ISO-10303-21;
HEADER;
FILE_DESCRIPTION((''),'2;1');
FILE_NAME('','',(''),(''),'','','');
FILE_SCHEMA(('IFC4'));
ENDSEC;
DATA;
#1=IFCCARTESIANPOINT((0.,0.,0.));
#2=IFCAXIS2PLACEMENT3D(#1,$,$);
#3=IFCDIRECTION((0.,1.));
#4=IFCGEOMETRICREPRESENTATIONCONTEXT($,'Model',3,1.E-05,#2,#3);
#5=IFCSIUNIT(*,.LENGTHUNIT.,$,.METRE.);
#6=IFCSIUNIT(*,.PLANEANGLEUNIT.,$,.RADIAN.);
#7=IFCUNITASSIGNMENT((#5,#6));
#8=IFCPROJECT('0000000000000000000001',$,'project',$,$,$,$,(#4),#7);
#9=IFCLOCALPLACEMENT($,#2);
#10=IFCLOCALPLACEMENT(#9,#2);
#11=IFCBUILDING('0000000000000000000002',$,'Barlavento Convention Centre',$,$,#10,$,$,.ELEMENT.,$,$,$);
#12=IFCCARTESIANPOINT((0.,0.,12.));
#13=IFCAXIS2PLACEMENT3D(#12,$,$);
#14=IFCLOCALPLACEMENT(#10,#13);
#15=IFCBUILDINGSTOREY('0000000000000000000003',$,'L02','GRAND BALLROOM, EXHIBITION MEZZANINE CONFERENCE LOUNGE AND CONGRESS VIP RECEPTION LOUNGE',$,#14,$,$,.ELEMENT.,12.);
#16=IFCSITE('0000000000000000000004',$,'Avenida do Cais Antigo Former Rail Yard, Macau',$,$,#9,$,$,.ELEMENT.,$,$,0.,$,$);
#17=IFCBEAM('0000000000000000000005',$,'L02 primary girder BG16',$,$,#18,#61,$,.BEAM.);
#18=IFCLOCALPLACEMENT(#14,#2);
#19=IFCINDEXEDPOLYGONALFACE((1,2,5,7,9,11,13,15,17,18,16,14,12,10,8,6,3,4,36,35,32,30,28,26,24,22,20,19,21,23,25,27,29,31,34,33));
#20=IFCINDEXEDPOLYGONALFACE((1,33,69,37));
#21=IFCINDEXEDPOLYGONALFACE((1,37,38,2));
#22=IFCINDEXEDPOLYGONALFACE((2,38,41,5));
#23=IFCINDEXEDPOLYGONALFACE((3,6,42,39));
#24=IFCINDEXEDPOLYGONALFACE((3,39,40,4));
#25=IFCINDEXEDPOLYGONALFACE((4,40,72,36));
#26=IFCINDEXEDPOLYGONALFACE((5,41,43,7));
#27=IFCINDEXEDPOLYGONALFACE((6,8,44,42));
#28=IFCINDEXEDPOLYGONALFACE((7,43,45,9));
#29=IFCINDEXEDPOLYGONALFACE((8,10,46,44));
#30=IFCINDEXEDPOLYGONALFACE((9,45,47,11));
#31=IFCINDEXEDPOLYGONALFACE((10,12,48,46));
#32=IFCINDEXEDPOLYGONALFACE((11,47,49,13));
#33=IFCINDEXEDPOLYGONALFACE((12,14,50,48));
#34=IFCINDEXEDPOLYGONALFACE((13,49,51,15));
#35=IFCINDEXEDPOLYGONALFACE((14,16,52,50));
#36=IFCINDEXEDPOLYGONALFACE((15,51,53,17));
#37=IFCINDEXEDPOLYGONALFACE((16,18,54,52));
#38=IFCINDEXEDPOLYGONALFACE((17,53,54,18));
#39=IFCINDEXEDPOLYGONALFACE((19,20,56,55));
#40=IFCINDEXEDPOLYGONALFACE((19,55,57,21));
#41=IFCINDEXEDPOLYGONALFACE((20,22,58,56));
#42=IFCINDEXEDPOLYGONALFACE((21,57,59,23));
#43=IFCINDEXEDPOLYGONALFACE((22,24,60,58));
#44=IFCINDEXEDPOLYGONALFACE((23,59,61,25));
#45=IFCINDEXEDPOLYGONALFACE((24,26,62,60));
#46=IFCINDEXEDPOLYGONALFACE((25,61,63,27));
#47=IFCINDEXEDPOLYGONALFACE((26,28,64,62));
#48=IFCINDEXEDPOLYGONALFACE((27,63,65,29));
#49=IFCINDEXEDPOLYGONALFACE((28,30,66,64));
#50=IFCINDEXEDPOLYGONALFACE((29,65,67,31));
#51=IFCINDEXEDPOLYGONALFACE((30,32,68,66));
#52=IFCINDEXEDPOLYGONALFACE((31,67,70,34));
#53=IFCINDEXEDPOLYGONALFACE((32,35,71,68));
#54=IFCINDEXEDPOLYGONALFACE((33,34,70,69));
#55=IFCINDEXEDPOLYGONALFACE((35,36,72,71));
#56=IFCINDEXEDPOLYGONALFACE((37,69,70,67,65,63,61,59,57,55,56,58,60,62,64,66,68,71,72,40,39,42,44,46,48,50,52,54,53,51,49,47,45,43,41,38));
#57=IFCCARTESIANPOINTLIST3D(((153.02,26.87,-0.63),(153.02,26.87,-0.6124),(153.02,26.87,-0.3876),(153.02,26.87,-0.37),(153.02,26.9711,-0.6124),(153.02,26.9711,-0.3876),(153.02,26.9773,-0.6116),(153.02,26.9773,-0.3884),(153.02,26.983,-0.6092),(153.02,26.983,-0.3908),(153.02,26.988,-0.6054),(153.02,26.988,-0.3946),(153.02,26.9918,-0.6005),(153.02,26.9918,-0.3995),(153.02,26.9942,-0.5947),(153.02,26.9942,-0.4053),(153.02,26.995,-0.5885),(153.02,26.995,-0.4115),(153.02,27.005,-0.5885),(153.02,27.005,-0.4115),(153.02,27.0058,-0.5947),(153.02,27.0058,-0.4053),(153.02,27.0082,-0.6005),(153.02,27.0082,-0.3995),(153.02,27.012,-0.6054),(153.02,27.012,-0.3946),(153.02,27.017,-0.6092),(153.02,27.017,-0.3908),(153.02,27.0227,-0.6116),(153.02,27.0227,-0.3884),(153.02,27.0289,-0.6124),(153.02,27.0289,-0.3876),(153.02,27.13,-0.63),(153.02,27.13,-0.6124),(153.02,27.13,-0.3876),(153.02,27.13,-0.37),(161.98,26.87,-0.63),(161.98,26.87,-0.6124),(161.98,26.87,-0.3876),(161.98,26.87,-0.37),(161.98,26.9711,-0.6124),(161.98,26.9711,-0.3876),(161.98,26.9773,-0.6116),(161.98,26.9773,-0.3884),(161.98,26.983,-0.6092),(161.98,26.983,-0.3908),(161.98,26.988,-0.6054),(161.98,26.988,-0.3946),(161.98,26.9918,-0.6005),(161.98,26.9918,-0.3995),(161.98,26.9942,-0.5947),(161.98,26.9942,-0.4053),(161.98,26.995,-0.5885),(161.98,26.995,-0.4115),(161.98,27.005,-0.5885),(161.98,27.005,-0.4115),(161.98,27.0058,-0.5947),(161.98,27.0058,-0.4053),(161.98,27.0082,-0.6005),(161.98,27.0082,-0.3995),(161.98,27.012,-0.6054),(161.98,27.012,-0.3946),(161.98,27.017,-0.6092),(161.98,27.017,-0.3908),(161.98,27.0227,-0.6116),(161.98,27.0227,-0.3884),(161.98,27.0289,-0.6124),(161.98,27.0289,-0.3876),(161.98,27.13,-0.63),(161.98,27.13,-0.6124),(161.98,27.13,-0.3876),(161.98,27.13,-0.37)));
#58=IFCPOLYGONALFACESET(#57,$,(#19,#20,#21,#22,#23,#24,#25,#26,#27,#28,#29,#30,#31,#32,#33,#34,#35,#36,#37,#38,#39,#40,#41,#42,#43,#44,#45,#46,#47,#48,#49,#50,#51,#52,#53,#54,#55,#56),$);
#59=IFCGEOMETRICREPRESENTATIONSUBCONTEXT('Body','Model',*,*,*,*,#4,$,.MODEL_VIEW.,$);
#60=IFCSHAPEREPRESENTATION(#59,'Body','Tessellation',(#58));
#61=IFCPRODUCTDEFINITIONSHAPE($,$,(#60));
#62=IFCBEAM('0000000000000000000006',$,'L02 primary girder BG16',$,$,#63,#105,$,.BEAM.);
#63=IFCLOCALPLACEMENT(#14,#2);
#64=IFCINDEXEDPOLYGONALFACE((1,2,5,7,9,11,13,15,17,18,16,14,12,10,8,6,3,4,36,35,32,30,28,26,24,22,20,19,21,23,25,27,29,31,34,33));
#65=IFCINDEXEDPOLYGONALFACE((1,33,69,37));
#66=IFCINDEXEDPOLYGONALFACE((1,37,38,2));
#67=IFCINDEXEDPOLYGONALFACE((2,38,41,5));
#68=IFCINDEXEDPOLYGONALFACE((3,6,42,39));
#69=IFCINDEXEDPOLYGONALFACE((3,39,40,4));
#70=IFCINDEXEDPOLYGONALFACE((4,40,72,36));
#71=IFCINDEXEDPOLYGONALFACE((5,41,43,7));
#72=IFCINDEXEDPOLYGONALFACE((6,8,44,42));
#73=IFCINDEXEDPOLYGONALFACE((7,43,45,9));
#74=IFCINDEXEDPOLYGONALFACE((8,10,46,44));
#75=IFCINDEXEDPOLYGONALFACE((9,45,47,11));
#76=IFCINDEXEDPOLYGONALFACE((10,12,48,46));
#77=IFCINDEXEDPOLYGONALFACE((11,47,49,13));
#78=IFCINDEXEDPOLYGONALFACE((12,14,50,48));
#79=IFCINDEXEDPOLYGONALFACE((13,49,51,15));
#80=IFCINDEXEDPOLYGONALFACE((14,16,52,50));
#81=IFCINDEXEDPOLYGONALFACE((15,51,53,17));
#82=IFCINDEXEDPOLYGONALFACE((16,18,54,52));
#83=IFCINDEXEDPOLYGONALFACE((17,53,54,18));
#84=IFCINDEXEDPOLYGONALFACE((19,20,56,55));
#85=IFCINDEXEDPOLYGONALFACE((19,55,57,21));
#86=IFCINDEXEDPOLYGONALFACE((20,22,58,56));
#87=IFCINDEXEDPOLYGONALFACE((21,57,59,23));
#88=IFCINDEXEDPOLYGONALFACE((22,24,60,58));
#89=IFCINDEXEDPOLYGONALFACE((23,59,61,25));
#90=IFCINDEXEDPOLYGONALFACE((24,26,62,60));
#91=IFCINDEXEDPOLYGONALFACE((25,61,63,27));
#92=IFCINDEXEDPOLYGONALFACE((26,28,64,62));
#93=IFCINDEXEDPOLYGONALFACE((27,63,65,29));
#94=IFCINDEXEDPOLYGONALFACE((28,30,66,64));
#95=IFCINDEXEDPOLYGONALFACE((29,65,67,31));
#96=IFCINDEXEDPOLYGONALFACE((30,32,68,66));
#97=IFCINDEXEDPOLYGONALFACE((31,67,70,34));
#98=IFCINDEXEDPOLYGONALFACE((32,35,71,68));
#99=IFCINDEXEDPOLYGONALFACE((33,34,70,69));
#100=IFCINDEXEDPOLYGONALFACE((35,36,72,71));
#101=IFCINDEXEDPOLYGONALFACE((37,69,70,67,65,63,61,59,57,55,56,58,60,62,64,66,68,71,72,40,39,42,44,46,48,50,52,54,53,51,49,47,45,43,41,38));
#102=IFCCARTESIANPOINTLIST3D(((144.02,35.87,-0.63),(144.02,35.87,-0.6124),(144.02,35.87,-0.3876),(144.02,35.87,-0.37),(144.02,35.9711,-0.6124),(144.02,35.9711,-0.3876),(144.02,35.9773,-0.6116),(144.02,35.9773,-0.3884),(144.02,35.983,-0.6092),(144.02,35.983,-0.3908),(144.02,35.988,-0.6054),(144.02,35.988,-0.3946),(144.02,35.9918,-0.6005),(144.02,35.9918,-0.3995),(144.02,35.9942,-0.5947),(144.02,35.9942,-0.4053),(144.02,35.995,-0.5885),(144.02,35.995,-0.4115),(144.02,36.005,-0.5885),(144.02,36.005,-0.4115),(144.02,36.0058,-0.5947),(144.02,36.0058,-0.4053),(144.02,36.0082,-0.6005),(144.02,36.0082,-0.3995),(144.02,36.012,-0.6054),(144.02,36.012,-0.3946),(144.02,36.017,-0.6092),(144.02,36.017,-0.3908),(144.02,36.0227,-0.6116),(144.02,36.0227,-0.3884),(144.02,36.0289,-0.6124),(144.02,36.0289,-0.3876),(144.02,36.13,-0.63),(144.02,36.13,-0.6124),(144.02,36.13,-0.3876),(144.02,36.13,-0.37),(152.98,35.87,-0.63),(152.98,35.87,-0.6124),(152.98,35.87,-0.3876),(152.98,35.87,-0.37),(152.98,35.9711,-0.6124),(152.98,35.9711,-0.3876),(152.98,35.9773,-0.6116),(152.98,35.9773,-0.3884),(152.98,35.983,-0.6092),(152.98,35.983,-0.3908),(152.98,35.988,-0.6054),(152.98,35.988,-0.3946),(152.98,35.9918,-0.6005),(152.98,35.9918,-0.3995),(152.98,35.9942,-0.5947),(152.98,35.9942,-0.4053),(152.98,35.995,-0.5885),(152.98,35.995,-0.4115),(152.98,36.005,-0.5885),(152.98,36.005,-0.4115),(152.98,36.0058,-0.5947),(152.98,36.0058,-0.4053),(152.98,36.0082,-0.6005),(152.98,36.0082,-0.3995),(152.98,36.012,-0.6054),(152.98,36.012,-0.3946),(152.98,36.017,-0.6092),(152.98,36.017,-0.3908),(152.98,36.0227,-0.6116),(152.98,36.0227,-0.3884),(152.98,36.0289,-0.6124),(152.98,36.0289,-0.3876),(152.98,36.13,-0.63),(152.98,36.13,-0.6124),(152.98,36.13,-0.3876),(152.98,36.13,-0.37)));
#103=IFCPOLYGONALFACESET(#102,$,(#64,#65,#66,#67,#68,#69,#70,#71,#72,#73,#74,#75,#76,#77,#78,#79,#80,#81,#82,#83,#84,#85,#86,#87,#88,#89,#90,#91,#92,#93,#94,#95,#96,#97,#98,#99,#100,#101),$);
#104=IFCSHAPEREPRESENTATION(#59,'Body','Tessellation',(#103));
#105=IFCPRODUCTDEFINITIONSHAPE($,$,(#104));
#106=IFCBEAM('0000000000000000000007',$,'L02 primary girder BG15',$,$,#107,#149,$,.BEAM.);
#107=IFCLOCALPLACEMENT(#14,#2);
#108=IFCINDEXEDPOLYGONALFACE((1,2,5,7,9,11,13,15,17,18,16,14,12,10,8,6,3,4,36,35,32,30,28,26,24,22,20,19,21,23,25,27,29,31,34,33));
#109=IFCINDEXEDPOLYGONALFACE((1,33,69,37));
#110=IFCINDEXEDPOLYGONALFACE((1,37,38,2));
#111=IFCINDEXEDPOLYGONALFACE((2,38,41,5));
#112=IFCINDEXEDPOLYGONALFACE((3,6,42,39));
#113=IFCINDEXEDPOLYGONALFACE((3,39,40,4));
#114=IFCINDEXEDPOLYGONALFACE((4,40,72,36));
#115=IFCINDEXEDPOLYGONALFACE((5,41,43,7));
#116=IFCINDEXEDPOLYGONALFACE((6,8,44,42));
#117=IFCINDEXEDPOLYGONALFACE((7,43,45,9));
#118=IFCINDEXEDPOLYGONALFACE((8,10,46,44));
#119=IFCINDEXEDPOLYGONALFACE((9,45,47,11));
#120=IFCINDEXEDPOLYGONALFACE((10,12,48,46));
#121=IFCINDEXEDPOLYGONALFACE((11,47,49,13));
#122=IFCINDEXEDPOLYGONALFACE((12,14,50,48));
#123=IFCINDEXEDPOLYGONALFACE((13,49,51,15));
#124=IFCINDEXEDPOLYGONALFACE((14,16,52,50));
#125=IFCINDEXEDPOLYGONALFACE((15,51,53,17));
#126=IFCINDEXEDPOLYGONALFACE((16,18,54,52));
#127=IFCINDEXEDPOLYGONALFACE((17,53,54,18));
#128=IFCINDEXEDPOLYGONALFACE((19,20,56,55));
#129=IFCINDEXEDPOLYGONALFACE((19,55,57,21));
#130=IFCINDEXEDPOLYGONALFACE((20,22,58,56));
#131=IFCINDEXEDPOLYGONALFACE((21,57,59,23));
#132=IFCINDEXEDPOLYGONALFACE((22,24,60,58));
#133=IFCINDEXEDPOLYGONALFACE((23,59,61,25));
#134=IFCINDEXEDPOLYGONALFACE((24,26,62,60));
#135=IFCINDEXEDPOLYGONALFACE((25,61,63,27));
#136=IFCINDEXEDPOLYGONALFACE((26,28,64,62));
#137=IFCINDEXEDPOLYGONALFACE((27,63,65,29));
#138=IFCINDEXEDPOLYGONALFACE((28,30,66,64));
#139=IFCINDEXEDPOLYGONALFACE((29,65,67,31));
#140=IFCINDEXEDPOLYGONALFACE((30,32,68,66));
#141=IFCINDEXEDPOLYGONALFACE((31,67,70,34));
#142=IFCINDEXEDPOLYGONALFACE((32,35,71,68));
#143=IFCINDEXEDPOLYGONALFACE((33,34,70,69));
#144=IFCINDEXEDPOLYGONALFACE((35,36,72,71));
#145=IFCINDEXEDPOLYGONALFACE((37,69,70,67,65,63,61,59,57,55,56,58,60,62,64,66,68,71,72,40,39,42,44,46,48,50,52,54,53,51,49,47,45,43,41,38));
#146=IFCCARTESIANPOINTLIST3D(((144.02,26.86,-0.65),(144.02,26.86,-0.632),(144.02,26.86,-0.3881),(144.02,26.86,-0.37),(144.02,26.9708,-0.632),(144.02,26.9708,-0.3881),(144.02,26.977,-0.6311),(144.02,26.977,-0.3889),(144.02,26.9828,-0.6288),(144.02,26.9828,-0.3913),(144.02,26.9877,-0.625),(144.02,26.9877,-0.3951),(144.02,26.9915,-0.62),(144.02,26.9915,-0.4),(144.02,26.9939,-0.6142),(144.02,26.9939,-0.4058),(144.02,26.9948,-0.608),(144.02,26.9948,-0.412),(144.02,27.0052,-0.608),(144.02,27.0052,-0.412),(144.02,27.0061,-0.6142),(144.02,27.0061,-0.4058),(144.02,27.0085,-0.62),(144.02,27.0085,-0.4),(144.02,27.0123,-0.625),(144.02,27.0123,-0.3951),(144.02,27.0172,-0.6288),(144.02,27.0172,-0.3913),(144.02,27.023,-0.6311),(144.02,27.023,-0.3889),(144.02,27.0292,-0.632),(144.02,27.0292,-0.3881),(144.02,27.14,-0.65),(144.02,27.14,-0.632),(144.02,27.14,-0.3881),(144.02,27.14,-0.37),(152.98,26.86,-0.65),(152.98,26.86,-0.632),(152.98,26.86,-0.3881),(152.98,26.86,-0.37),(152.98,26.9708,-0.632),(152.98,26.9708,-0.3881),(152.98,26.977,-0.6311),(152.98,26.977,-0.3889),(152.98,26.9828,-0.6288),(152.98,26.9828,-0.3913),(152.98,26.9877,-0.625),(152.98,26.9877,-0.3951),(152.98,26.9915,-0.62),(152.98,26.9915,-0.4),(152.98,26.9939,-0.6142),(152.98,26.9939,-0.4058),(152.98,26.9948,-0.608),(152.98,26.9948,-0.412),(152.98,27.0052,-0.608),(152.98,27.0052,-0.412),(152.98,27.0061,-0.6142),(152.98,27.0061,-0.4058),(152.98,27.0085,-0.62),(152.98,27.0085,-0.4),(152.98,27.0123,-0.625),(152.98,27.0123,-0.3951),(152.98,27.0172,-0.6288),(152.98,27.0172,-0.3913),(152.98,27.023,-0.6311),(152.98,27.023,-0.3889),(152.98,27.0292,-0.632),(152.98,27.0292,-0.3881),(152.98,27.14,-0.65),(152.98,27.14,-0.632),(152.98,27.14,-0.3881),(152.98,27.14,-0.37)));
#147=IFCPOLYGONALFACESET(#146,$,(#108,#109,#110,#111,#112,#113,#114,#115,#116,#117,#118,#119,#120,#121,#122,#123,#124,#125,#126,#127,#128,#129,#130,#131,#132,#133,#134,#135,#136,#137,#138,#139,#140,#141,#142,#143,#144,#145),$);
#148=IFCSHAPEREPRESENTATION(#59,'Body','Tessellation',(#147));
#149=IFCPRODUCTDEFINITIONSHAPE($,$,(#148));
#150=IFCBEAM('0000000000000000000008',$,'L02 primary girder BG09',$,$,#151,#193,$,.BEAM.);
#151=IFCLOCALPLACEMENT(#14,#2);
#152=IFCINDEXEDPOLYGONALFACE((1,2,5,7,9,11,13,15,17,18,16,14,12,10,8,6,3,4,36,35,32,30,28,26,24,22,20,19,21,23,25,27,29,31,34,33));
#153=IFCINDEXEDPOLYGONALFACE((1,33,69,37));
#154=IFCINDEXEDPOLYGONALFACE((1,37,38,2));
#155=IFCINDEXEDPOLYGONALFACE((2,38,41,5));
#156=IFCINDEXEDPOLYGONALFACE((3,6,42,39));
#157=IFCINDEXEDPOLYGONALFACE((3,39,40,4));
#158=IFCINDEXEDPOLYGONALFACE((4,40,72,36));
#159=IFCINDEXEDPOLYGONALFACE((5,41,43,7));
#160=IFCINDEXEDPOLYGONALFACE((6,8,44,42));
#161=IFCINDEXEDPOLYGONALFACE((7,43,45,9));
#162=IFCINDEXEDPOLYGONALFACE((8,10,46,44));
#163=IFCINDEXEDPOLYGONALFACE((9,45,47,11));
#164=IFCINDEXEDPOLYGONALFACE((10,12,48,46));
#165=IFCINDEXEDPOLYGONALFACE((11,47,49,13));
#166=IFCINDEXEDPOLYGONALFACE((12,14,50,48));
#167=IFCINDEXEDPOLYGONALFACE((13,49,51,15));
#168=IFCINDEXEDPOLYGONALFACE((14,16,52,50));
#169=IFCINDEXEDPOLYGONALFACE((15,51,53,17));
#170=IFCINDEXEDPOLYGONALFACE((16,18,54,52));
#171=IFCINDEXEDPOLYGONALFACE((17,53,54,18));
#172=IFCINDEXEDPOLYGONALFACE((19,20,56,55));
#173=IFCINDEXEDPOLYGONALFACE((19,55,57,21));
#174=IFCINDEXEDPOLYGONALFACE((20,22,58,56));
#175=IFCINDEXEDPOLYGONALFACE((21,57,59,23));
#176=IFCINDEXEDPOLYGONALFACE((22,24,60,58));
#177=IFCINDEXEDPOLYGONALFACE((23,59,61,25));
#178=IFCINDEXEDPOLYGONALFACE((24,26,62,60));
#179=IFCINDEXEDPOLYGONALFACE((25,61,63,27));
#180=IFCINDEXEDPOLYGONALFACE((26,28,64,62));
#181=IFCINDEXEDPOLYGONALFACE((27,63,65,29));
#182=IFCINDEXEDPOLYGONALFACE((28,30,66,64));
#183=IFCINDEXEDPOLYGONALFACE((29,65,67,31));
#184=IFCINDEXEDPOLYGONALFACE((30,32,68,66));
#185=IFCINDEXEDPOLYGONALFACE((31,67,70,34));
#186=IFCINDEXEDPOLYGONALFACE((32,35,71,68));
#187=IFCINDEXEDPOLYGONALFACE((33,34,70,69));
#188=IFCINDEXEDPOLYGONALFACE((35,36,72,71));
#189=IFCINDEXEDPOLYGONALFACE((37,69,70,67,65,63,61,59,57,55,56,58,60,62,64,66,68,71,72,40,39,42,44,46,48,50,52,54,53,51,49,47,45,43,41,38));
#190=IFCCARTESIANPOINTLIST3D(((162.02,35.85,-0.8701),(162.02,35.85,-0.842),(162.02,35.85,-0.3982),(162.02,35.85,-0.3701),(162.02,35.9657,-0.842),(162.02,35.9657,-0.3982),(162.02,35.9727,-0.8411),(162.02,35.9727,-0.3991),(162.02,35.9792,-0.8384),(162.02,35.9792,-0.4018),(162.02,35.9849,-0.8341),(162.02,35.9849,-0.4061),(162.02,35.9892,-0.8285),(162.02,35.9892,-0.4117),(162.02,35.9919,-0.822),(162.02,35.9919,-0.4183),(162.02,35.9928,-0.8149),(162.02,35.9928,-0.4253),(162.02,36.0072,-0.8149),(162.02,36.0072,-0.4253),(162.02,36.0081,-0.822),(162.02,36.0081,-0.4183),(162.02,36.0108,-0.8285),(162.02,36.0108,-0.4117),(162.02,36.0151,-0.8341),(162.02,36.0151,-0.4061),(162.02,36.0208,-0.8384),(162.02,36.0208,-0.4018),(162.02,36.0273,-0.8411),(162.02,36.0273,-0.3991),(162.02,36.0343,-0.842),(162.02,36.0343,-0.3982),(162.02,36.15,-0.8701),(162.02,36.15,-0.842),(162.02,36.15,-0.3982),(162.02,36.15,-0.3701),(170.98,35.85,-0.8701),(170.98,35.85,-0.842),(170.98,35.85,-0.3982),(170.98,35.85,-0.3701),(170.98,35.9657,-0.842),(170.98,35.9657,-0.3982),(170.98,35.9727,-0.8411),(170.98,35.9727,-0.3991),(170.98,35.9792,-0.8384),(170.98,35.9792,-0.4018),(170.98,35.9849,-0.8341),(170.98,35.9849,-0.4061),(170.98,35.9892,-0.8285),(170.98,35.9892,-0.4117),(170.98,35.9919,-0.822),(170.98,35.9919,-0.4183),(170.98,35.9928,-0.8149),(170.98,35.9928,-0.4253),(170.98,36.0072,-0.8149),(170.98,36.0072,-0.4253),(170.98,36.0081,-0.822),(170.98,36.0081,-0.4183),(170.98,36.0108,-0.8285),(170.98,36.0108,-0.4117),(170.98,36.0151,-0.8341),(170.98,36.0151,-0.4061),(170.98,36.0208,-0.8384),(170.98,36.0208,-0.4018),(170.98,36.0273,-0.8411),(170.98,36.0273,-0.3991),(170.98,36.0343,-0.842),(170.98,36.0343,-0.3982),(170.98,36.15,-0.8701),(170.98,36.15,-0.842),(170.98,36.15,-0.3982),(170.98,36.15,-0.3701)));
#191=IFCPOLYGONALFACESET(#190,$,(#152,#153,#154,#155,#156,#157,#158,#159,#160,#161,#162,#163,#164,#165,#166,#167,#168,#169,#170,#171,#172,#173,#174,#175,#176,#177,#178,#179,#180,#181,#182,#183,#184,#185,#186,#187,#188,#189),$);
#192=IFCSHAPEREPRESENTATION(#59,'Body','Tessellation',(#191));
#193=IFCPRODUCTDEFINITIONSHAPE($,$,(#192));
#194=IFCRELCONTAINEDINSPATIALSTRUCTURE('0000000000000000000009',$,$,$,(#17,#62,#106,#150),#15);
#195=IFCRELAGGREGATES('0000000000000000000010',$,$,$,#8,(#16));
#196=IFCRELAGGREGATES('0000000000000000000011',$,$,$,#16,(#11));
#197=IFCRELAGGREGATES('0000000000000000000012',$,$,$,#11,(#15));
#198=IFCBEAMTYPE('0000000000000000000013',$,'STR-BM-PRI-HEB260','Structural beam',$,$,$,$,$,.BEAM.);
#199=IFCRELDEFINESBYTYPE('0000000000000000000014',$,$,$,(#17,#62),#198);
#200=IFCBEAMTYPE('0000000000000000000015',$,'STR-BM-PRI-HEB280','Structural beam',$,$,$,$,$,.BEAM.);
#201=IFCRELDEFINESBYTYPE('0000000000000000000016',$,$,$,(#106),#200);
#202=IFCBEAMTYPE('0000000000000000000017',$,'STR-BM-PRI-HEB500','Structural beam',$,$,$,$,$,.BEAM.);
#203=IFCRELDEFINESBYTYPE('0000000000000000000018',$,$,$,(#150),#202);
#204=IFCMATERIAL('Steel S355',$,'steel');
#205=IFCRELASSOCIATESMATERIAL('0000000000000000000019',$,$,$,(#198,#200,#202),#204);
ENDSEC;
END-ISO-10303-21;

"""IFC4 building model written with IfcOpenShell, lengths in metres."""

from ifc_helpers import new_model, si_unit, direction, frame, origin, origin_2d, place, context, subcontext, project, spatial, i_section, extrude, material, material_profile, profile_set, type_object, element, save


model = new_model("IFC4")

# Units and contexts
model_context = context("Model", 3, precision=1e-05, world=origin(), true_north=direction((0.0, 1.0)))
body_context = subcontext(model_context, "Body", "Model", "MODEL_VIEW")
ifc_project = project(units=[si_unit("LENGTHUNIT", "METRE"), si_unit("PLANEANGLEUNIT", "RADIAN")], contexts=[model_context])

# Site, building, storey
site_placement = place(None, origin())
site = spatial("IfcSite", under=ifc_project, at=site_placement, Name="Avenida do Cais Antigo Former Rail Yard, Macau", CompositionType="ELEMENT", RefElevation=0.0)
building_placement = place(site_placement, origin())
building = spatial("IfcBuilding", under=site, at=building_placement, Name="Barlavento Convention Centre", CompositionType="ELEMENT")
storey_placement = place(building_placement, frame((0.0, 0.0, 12.0)))
storey = spatial("IfcBuildingStorey", under=building, at=storey_placement, Name="L02", Description="GRAND BALLROOM, EXHIBITION MEZZANINE CONFERENCE LOUNGE AND CONGRESS VIP RECEPTION LOUNGE", CompositionType="ELEMENT", Elevation=12.0)

# Shared definitions
ifc_material_1 = material(Name="Steel S355", Category="steel")

# Beams
ifc_material_profile_1 = material_profile(ifc_material_1, i_section(OverallWidth=0.26, OverallDepth=0.26, WebThickness=0.01, FlangeThickness=0.0176, FilletRadius=0.0239, at=origin_2d()), Name="HEB 260")
ifc_profile_set_1 = profile_set([ifc_material_profile_1], Name="Steel S355")
beam_type_1 = type_object("IfcBeamType", Name="STR-BM-PRI-HEB260", Description="Structural beam", PredefinedType="BEAM", material=ifc_profile_set_1)
for number, where, z_axis, x_axis, name in (
    (1, (153.02, 27.0, -0.5), (1.0, 0.0, 0.0), (0.0, 1.0, 0.0), "L02 primary girder BG16"),
    (2, (144.02, 36.0, -0.5), (1.0, 0.0, 0.0), (0.0, 1.0, 0.0), "L02 primary girder BG16"),
):
    element("IfcBeam", number, at=place(storey_placement, frame(where, z_axis=z_axis, x_axis=x_axis)), inside=storey, type_object=beam_type_1, Name=name, PredefinedType="BEAM", context=body_context, shape_type="SweptSolid", body=[
        extrude(i_section(OverallWidth=0.26, OverallDepth=0.26, WebThickness=0.01, FlangeThickness=0.0176, FilletRadius=0.0239, at=origin_2d()), origin(), (0.0, 0.0, 1.0), 8.96),
    ])
ifc_material_profile_2 = material_profile(ifc_material_1, i_section(OverallWidth=0.28, OverallDepth=0.28, WebThickness=0.0105, FlangeThickness=0.0181, FilletRadius=0.0239, at=origin_2d()), Name="HEB 280")
ifc_profile_set_2 = profile_set([ifc_material_profile_2], Name="Steel S355")
beam_type_2 = type_object("IfcBeamType", Name="STR-BM-PRI-HEB280", Description="Structural beam", PredefinedType="BEAM", material=ifc_profile_set_2)
beam_1_placement = place(storey_placement, frame((144.02, 27.0, -0.51), z_axis=(1.0, 0.0, 0.0), x_axis=(0.0, 1.0, 0.0)))
element("IfcBeam", 3, at=beam_1_placement, inside=storey, type_object=beam_type_2, Name="L02 primary girder BG15", PredefinedType="BEAM", context=body_context, shape_type="SweptSolid", body=[
    extrude(i_section(OverallWidth=0.28, OverallDepth=0.28, WebThickness=0.0105, FlangeThickness=0.0181, FilletRadius=0.0239, at=origin_2d()), origin(), (0.0, 0.0, 1.0), 8.96),
])
ifc_material_profile_3 = material_profile(ifc_material_1, i_section(OverallWidth=0.3, OverallDepth=0.5, WebThickness=0.0144, FlangeThickness=0.0281, FilletRadius=0.0271, at=origin_2d()), Name="HEB 500")
ifc_profile_set_3 = profile_set([ifc_material_profile_3], Name="Steel S355")
beam_type_3 = type_object("IfcBeamType", Name="STR-BM-PRI-HEB500", Description="Structural beam", PredefinedType="BEAM", material=ifc_profile_set_3)
beam_2_placement = place(storey_placement, frame((162.02, 36.0, -0.6201), z_axis=(1.0, 0.0, 0.0), x_axis=(0.0, 1.0, 0.0)))
element("IfcBeam", 4, at=beam_2_placement, inside=storey, type_object=beam_type_3, Name="L02 primary girder BG09", PredefinedType="BEAM", context=body_context, shape_type="SweptSolid", body=[
    extrude(i_section(OverallWidth=0.3, OverallDepth=0.5, WebThickness=0.0144, FlangeThickness=0.0281, FilletRadius=0.0271, at=origin_2d()), origin(), (0.0, 0.0, 1.0), 8.96),
])

save(model, "model.ifc")
